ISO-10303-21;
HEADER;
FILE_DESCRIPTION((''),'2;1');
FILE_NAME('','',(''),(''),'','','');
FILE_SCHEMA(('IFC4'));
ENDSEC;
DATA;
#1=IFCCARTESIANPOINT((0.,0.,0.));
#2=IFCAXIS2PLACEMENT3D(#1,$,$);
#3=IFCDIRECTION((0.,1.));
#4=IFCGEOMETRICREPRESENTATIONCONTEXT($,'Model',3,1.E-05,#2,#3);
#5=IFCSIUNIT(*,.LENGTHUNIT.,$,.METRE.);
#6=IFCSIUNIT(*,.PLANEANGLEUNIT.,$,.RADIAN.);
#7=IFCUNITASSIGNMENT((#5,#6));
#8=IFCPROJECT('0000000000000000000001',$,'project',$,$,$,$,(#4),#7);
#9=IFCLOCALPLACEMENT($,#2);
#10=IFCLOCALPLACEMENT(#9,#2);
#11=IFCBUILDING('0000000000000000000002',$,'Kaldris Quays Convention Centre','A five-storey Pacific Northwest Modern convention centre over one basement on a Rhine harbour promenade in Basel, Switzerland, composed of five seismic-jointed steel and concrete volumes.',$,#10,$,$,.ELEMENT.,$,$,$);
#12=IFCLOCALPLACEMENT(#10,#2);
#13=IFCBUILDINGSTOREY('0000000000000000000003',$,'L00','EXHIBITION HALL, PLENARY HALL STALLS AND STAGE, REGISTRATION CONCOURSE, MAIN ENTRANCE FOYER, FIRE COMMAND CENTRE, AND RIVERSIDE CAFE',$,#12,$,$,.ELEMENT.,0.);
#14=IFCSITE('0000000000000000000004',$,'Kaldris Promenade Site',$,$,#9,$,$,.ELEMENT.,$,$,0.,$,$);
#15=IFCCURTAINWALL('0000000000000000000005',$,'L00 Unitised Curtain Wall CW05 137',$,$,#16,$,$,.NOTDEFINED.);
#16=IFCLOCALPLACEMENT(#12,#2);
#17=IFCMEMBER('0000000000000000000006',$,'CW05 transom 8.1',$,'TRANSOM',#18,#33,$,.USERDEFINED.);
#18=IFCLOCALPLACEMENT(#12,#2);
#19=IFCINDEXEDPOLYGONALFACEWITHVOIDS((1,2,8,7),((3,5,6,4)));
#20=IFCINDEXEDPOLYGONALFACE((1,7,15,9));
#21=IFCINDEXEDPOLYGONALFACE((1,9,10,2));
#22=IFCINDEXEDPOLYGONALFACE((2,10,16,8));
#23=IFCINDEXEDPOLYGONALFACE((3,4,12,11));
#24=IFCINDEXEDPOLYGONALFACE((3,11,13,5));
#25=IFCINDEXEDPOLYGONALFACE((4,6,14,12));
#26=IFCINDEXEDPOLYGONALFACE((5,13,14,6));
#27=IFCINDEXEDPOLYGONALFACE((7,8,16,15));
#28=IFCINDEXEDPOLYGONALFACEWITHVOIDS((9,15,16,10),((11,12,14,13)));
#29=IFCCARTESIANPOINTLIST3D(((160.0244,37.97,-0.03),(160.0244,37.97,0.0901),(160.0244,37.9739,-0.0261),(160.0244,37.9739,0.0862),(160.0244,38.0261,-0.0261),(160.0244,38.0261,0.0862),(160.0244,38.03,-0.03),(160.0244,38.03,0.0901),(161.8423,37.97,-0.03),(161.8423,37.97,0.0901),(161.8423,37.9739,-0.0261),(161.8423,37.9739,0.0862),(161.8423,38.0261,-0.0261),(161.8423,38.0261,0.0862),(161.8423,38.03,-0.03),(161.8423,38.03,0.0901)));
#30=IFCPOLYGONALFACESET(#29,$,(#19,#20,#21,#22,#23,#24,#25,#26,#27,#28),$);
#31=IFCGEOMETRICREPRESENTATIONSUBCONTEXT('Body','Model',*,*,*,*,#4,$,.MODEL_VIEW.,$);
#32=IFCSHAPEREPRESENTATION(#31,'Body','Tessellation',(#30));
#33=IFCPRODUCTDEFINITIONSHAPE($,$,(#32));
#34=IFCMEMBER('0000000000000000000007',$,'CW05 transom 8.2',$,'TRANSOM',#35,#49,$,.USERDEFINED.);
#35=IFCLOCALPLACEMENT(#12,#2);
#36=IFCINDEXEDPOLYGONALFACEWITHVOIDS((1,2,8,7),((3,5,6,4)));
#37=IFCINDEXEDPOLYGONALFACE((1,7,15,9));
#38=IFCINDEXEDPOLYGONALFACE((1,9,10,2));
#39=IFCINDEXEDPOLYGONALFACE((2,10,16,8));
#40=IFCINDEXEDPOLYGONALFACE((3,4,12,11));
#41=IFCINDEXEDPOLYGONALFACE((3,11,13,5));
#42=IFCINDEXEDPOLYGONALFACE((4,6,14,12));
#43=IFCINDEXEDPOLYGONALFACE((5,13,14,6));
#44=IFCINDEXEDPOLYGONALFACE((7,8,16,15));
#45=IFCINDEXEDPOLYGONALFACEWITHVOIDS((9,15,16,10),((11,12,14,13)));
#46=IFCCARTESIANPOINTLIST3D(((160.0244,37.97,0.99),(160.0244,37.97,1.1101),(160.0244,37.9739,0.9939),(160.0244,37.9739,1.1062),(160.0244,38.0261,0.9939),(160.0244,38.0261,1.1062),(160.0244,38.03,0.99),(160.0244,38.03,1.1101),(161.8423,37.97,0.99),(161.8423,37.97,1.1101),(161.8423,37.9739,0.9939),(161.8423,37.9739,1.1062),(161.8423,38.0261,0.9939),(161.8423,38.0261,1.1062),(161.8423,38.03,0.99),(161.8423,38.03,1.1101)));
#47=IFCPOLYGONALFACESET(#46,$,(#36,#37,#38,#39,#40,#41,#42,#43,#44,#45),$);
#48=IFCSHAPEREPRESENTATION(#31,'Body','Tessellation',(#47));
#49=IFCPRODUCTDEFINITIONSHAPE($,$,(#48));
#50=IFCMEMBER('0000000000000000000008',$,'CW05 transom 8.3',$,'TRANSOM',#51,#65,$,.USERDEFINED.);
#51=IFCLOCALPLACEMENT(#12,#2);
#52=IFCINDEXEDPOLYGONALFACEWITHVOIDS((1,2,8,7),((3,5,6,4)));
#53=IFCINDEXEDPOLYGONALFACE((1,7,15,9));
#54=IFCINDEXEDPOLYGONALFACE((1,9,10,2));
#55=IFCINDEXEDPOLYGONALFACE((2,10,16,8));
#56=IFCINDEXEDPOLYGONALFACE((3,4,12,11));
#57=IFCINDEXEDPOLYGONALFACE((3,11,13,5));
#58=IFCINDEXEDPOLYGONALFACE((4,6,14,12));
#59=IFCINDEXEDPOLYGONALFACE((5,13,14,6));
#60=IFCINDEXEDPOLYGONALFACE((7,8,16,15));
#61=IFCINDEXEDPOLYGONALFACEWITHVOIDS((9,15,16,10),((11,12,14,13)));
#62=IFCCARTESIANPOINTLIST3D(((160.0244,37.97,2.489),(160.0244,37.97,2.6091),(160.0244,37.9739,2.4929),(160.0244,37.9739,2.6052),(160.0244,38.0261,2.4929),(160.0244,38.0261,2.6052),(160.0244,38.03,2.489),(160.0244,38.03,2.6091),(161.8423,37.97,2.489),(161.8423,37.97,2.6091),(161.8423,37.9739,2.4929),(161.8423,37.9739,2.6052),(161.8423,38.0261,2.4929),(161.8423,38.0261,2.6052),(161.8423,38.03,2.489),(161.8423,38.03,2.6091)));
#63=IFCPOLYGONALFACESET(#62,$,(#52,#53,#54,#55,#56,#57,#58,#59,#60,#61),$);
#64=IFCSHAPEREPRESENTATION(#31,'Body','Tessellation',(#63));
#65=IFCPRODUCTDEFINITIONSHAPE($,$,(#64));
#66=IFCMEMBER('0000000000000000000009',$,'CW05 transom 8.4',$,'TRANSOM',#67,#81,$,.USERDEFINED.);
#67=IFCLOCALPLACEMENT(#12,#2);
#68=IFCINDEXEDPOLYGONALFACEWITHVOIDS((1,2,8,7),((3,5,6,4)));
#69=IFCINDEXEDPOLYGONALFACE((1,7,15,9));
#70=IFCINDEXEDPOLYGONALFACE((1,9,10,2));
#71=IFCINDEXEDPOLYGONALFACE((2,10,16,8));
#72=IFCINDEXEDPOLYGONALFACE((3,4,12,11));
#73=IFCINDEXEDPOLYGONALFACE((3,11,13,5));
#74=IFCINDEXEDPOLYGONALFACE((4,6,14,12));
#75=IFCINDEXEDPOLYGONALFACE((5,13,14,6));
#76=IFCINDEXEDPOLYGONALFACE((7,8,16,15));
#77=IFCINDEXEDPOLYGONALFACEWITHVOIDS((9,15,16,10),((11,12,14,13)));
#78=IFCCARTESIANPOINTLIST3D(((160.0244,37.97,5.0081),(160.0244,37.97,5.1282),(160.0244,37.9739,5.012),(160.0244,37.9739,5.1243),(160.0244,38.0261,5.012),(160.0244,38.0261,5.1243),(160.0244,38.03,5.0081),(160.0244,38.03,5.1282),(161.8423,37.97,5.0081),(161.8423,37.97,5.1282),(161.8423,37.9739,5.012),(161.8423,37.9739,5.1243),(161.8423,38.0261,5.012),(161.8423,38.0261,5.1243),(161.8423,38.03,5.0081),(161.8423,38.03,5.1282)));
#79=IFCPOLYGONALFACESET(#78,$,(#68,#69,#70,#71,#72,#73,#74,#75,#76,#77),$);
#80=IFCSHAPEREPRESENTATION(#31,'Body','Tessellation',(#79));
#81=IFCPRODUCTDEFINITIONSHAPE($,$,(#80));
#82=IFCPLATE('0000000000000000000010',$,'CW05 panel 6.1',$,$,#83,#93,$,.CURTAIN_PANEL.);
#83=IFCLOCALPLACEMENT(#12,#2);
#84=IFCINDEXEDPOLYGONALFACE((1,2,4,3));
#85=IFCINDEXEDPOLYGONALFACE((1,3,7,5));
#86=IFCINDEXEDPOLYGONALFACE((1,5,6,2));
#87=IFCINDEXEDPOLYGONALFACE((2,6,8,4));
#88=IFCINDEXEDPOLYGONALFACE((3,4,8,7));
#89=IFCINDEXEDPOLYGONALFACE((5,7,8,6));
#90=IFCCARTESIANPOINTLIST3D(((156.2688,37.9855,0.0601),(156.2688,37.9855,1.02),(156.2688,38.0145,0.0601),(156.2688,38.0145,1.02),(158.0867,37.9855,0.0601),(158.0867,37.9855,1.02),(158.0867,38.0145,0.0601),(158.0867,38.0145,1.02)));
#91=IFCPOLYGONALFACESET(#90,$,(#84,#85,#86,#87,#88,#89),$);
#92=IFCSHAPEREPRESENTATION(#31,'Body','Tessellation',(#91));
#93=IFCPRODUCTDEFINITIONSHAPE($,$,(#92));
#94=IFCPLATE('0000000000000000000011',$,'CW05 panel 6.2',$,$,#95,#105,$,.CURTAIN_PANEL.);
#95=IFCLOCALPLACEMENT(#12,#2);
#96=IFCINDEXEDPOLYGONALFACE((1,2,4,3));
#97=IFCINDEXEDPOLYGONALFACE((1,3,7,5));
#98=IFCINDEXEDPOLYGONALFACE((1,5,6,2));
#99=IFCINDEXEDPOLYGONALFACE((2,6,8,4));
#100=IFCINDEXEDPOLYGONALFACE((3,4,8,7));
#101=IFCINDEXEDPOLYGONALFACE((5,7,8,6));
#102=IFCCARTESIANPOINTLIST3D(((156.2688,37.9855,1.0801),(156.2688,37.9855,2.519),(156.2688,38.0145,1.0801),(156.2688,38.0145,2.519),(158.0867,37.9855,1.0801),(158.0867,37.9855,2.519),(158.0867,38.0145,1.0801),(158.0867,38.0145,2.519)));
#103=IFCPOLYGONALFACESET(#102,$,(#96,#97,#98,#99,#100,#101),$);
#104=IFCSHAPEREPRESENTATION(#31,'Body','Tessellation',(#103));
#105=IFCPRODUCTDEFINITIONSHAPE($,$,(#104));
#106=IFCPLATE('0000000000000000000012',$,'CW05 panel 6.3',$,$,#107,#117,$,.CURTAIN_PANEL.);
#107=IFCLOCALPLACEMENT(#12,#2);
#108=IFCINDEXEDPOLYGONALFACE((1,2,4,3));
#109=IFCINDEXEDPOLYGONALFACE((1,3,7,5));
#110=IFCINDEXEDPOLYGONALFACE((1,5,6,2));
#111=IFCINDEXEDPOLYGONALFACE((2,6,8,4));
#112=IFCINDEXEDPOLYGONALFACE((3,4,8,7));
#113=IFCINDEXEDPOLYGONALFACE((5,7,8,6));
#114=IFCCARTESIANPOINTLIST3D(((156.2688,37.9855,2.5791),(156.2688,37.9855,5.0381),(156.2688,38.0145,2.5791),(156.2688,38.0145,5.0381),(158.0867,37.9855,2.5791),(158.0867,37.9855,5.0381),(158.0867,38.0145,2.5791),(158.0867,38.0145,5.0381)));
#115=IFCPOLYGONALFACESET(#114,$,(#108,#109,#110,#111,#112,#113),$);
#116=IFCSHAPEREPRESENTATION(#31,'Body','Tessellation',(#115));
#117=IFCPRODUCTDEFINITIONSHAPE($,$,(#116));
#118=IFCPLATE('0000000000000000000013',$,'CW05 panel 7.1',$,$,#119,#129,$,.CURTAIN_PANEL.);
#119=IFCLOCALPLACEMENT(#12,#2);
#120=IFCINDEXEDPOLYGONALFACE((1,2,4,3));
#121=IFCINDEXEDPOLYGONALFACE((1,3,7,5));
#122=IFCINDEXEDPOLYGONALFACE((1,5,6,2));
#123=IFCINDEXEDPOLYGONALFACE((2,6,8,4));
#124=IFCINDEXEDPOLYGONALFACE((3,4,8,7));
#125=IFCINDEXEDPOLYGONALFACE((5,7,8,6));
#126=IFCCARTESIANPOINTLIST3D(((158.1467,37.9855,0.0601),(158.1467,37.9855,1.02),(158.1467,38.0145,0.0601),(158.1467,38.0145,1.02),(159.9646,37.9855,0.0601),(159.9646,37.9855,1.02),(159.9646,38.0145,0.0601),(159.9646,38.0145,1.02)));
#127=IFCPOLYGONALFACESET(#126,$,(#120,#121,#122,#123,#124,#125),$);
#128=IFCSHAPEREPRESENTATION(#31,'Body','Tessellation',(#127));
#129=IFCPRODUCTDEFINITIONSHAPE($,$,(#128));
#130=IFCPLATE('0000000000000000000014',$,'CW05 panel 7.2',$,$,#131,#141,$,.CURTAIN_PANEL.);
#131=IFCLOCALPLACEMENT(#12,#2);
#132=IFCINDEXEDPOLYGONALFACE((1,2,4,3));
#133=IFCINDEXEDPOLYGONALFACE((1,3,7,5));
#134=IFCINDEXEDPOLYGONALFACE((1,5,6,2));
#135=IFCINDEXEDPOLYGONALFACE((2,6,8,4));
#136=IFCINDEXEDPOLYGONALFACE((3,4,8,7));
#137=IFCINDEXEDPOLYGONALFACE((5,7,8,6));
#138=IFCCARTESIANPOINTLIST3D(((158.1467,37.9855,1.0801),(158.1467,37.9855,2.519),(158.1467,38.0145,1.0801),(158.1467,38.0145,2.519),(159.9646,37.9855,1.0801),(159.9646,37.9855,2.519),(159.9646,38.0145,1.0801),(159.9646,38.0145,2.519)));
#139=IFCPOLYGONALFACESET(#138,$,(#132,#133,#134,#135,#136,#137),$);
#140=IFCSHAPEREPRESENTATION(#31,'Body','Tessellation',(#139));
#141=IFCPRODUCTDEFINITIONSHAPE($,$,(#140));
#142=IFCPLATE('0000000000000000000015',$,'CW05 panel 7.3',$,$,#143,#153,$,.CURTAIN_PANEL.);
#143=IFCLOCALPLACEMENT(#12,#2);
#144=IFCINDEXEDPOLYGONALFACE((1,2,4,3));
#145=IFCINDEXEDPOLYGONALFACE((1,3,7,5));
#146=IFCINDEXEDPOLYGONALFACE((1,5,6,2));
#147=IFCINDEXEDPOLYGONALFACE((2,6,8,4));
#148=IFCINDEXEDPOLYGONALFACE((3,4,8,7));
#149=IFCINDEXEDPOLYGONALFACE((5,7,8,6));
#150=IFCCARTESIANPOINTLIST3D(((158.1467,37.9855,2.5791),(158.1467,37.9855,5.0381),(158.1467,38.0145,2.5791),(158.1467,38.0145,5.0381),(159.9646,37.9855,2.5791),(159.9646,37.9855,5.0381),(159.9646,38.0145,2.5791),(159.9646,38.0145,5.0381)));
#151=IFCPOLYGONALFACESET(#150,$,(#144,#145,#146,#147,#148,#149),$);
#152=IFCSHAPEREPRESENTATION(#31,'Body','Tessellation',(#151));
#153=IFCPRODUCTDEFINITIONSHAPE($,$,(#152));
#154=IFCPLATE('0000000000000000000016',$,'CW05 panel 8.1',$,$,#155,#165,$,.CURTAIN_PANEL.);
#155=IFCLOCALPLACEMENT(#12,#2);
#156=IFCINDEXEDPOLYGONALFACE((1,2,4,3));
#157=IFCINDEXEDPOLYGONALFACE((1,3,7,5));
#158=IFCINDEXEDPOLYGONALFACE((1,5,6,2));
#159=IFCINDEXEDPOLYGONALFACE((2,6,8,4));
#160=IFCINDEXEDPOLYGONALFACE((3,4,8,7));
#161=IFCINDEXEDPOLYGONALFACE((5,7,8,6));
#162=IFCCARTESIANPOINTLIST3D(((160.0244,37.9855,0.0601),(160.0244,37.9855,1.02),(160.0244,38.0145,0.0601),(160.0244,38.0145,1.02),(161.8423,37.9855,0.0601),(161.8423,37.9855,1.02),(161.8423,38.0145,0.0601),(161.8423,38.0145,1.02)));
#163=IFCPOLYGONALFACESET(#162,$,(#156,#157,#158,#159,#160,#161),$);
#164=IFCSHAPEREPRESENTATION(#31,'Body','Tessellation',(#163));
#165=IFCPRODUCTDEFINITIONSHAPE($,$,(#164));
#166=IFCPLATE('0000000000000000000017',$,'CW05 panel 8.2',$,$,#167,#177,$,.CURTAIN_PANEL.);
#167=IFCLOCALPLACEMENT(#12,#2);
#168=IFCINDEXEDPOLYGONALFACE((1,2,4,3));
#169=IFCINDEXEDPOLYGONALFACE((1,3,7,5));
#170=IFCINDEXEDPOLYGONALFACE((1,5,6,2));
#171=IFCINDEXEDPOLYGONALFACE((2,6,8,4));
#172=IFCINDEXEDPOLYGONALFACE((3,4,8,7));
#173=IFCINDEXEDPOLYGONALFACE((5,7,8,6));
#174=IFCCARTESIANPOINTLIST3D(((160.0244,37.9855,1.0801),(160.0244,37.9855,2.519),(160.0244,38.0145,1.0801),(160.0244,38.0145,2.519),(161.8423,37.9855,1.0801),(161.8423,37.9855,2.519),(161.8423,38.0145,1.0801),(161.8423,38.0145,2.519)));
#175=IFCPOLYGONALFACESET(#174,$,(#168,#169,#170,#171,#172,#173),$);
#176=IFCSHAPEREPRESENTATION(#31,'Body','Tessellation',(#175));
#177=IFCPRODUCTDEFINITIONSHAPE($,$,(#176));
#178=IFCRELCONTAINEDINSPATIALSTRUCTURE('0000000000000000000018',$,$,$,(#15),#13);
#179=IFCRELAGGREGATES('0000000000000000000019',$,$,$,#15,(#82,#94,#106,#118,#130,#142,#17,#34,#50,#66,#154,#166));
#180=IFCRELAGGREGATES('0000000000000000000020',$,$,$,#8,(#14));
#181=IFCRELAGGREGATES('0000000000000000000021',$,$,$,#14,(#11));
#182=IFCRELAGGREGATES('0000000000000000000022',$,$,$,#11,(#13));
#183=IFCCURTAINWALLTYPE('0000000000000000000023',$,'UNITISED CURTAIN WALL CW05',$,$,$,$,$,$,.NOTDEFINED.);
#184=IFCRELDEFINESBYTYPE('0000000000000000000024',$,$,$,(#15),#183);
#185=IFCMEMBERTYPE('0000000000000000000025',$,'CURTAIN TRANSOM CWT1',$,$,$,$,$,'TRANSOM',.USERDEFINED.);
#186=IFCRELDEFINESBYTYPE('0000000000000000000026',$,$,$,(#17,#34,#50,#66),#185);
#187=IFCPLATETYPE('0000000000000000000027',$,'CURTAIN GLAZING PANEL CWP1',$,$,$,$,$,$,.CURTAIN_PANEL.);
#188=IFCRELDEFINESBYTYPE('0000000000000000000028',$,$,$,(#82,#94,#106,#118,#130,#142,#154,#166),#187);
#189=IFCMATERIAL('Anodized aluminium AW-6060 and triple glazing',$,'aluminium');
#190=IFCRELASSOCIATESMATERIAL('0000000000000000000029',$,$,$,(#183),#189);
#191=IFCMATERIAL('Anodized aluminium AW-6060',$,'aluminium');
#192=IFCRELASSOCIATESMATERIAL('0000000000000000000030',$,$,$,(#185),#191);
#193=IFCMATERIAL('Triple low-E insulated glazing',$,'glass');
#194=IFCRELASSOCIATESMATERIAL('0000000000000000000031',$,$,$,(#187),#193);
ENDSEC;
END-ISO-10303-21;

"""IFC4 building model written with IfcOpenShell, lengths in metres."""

from ifc_helpers import new_model, si_unit, direction, frame, origin, origin_2d, place, context, subcontext, project, spatial, rectangle, hollow_rectangle, extrude, material, material_profile, profile_set, type_object, element, aggregate, save


model = new_model("IFC4")

# Units and contexts
model_context = context("Model", 3, precision=1e-05, world=origin(), true_north=direction((0.0, 1.0)))
body_context = subcontext(model_context, "Body", "Model", "MODEL_VIEW")
ifc_project = project(units=[si_unit("LENGTHUNIT", "METRE"), si_unit("PLANEANGLEUNIT", "RADIAN")], contexts=[model_context])

# Site, building, storey
site_placement = place(None, origin())
site = spatial("IfcSite", under=ifc_project, at=site_placement, Name="Kaldris Promenade Site", CompositionType="ELEMENT", RefElevation=0.0)
building_placement = place(site_placement, origin())
building = spatial("IfcBuilding", under=site, at=building_placement, Name="Kaldris Quays Convention Centre", Description="A five-storey Pacific Northwest Modern convention centre over one basement on a Rhine harbour promenade in Basel, Switzerland, composed of five seismic-jointed steel and concrete volumes.", CompositionType="ELEMENT")
storey_placement = place(building_placement, origin())
storey = spatial("IfcBuildingStorey", under=building, at=storey_placement, Name="L00", Description="EXHIBITION HALL, PLENARY HALL STALLS AND STAGE, REGISTRATION CONCOURSE, MAIN ENTRANCE FOYER, FIRE COMMAND CENTRE, AND RIVERSIDE CAFE", CompositionType="ELEMENT", Elevation=0.0)

# Curtain wall, members, plates
ifc_material_1 = material(Name="Anodized aluminium AW-6060 and triple glazing", Category="aluminium")
curtain_wall_type = type_object("IfcCurtainWallType", Name="UNITISED CURTAIN WALL CW05", PredefinedType="NOTDEFINED", material=ifc_material_1)
curtain_wall_placement = place(storey_placement, origin())
curtain_wall = element("IfcCurtainWall", 1, at=curtain_wall_placement, inside=storey, type_object=curtain_wall_type, Name="L00 Unitised Curtain Wall CW05 137", PredefinedType="NOTDEFINED")
ifc_material_2 = material(Name="Anodized aluminium AW-6060", Category="aluminium")
ifc_material_profile_1 = material_profile(ifc_material_2, hollow_rectangle(XDim=0.0601, YDim=0.1201, WallThickness=0.0039, at=origin_2d()), Name="RHS 120x60x4")
ifc_profile_set_1 = profile_set([ifc_material_profile_1], Name="Anodized aluminium AW-6060")
member_type_1 = type_object("IfcMemberType", Name="CURTAIN TRANSOM CWT1", ElementType="TRANSOM", PredefinedType="USERDEFINED", material=ifc_profile_set_1)
member_1_placement = place(storey_placement, frame((160.0244, 38.0, 0.03), z_axis=(1.0, 0.0, 0.0), x_axis=(0.0, 1.0, 0.0)))
member_1 = element("IfcMember", 2, at=member_1_placement, type_object=member_type_1, Name="CW05 transom 8.1", ObjectType="TRANSOM", PredefinedType="USERDEFINED", context=body_context, shape_type="SweptSolid", body=[
    extrude(hollow_rectangle(XDim=0.0601, YDim=0.1201, WallThickness=0.0039, at=origin_2d()), origin(), (0.0, 0.0, 1.0), 1.8179),
])
member_2_placement = place(storey_placement, frame((160.0244, 38.0, 1.05), z_axis=(1.0, 0.0, 0.0), x_axis=(0.0, 1.0, 0.0)))
member_2 = element("IfcMember", 3, at=member_2_placement, type_object=member_type_1, Name="CW05 transom 8.2", ObjectType="TRANSOM", PredefinedType="USERDEFINED", context=body_context, shape_type="SweptSolid", body=[
    extrude(hollow_rectangle(XDim=0.0601, YDim=0.1201, WallThickness=0.0039, at=origin_2d()), origin(), (0.0, 0.0, 1.0), 1.8179),
])
member_3_placement = place(storey_placement, frame((160.0244, 38.0, 2.5491), z_axis=(1.0, 0.0, 0.0), x_axis=(0.0, 1.0, 0.0)))
member_3 = element("IfcMember", 4, at=member_3_placement, type_object=member_type_1, Name="CW05 transom 8.3", ObjectType="TRANSOM", PredefinedType="USERDEFINED", context=body_context, shape_type="SweptSolid", body=[
    extrude(hollow_rectangle(XDim=0.0601, YDim=0.1201, WallThickness=0.0039, at=origin_2d()), origin(), (0.0, 0.0, 1.0), 1.8179),
])
member_4_placement = place(storey_placement, frame((160.0244, 38.0, 5.0681), z_axis=(1.0, 0.0, 0.0), x_axis=(0.0, 1.0, 0.0)))
member_4 = element("IfcMember", 5, at=member_4_placement, type_object=member_type_1, Name="CW05 transom 8.4", ObjectType="TRANSOM", PredefinedType="USERDEFINED", context=body_context, shape_type="SweptSolid", body=[
    extrude(hollow_rectangle(XDim=0.0601, YDim=0.1201, WallThickness=0.0039, at=origin_2d()), origin(), (0.0, 0.0, 1.0), 1.8179),
])
ifc_material_3 = material(Name="Triple low-E insulated glazing", Category="glass")
plate_type = type_object("IfcPlateType", Name="CURTAIN GLAZING PANEL CWP1", PredefinedType="CURTAIN_PANEL", material=ifc_material_3)
plate_1_placement = place(storey_placement, frame((157.1777, 38.0, 0.0601), z_axis=(0.0, 0.0, 1.0), x_axis=(1.0, 0.0, 0.0)))
plate_1 = element("IfcPlate", 6, at=plate_1_placement, type_object=plate_type, Name="CW05 panel 6.1", PredefinedType="CURTAIN_PANEL", context=body_context, shape_type="SweptSolid", body=[
    extrude(rectangle(XDim=1.8179, YDim=0.0291, at=origin_2d()), origin(), (0.0, 0.0, 1.0), 0.96),
])
plate_2_placement = place(storey_placement, frame((157.1777, 38.0, 1.0801), z_axis=(0.0, 0.0, 1.0), x_axis=(1.0, 0.0, 0.0)))
plate_2 = element("IfcPlate", 7, at=plate_2_placement, type_object=plate_type, Name="CW05 panel 6.2", PredefinedType="CURTAIN_PANEL", context=body_context, shape_type="SweptSolid", body=[
    extrude(rectangle(XDim=1.8179, YDim=0.0291, at=origin_2d()), origin(), (0.0, 0.0, 1.0), 1.439),
])
plate_3_placement = place(storey_placement, frame((157.1777, 38.0, 2.5791), z_axis=(0.0, 0.0, 1.0), x_axis=(1.0, 0.0, 0.0)))
plate_3 = element("IfcPlate", 8, at=plate_3_placement, type_object=plate_type, Name="CW05 panel 6.3", PredefinedType="CURTAIN_PANEL", context=body_context, shape_type="SweptSolid", body=[
    extrude(rectangle(XDim=1.8179, YDim=0.0291, at=origin_2d()), origin(), (0.0, 0.0, 1.0), 2.459),
])
plate_4_placement = place(storey_placement, frame((159.0557, 38.0, 0.0601), z_axis=(0.0, 0.0, 1.0), x_axis=(1.0, 0.0, 0.0)))
plate_4 = element("IfcPlate", 9, at=plate_4_placement, type_object=plate_type, Name="CW05 panel 7.1", PredefinedType="CURTAIN_PANEL", context=body_context, shape_type="SweptSolid", body=[
    extrude(rectangle(XDim=1.8179, YDim=0.0291, at=origin_2d()), origin(), (0.0, 0.0, 1.0), 0.96),
])
plate_5_placement = place(storey_placement, frame((159.0557, 38.0, 1.0801), z_axis=(0.0, 0.0, 1.0), x_axis=(1.0, 0.0, 0.0)))
plate_5 = element("IfcPlate", 10, at=plate_5_placement, type_object=plate_type, Name="CW05 panel 7.2", PredefinedType="CURTAIN_PANEL", context=body_context, shape_type="SweptSolid", body=[
    extrude(rectangle(XDim=1.8179, YDim=0.0291, at=origin_2d()), origin(), (0.0, 0.0, 1.0), 1.439),
])
plate_6_placement = place(storey_placement, frame((159.0557, 38.0, 2.5791), z_axis=(0.0, 0.0, 1.0), x_axis=(1.0, 0.0, 0.0)))
plate_6 = element("IfcPlate", 11, at=plate_6_placement, type_object=plate_type, Name="CW05 panel 7.3", PredefinedType="CURTAIN_PANEL", context=body_context, shape_type="SweptSolid", body=[
    extrude(rectangle(XDim=1.8179, YDim=0.0291, at=origin_2d()), origin(), (0.0, 0.0, 1.0), 2.459),
])
plate_7_placement = place(storey_placement, frame((160.9333, 38.0, 0.0601), z_axis=(0.0, 0.0, 1.0), x_axis=(1.0, 0.0, 0.0)))
plate_7 = element("IfcPlate", 12, at=plate_7_placement, type_object=plate_type, Name="CW05 panel 8.1", PredefinedType="CURTAIN_PANEL", context=body_context, shape_type="SweptSolid", body=[
    extrude(rectangle(XDim=1.8179, YDim=0.0291, at=origin_2d()), origin(), (0.0, 0.0, 1.0), 0.96),
])
plate_8_placement = place(storey_placement, frame((160.9333, 38.0, 1.0801), z_axis=(0.0, 0.0, 1.0), x_axis=(1.0, 0.0, 0.0)))
plate_8 = element("IfcPlate", 13, at=plate_8_placement, type_object=plate_type, Name="CW05 panel 8.2", PredefinedType="CURTAIN_PANEL", context=body_context, shape_type="SweptSolid", body=[
    extrude(rectangle(XDim=1.8179, YDim=0.0291, at=origin_2d()), origin(), (0.0, 0.0, 1.0), 1.439),
])
aggregate(curtain_wall, [plate_1, plate_2, plate_3, plate_4, plate_5, plate_6, member_1, member_2, member_3, member_4, plate_7, plate_8])

save(model, "model.ifc")
